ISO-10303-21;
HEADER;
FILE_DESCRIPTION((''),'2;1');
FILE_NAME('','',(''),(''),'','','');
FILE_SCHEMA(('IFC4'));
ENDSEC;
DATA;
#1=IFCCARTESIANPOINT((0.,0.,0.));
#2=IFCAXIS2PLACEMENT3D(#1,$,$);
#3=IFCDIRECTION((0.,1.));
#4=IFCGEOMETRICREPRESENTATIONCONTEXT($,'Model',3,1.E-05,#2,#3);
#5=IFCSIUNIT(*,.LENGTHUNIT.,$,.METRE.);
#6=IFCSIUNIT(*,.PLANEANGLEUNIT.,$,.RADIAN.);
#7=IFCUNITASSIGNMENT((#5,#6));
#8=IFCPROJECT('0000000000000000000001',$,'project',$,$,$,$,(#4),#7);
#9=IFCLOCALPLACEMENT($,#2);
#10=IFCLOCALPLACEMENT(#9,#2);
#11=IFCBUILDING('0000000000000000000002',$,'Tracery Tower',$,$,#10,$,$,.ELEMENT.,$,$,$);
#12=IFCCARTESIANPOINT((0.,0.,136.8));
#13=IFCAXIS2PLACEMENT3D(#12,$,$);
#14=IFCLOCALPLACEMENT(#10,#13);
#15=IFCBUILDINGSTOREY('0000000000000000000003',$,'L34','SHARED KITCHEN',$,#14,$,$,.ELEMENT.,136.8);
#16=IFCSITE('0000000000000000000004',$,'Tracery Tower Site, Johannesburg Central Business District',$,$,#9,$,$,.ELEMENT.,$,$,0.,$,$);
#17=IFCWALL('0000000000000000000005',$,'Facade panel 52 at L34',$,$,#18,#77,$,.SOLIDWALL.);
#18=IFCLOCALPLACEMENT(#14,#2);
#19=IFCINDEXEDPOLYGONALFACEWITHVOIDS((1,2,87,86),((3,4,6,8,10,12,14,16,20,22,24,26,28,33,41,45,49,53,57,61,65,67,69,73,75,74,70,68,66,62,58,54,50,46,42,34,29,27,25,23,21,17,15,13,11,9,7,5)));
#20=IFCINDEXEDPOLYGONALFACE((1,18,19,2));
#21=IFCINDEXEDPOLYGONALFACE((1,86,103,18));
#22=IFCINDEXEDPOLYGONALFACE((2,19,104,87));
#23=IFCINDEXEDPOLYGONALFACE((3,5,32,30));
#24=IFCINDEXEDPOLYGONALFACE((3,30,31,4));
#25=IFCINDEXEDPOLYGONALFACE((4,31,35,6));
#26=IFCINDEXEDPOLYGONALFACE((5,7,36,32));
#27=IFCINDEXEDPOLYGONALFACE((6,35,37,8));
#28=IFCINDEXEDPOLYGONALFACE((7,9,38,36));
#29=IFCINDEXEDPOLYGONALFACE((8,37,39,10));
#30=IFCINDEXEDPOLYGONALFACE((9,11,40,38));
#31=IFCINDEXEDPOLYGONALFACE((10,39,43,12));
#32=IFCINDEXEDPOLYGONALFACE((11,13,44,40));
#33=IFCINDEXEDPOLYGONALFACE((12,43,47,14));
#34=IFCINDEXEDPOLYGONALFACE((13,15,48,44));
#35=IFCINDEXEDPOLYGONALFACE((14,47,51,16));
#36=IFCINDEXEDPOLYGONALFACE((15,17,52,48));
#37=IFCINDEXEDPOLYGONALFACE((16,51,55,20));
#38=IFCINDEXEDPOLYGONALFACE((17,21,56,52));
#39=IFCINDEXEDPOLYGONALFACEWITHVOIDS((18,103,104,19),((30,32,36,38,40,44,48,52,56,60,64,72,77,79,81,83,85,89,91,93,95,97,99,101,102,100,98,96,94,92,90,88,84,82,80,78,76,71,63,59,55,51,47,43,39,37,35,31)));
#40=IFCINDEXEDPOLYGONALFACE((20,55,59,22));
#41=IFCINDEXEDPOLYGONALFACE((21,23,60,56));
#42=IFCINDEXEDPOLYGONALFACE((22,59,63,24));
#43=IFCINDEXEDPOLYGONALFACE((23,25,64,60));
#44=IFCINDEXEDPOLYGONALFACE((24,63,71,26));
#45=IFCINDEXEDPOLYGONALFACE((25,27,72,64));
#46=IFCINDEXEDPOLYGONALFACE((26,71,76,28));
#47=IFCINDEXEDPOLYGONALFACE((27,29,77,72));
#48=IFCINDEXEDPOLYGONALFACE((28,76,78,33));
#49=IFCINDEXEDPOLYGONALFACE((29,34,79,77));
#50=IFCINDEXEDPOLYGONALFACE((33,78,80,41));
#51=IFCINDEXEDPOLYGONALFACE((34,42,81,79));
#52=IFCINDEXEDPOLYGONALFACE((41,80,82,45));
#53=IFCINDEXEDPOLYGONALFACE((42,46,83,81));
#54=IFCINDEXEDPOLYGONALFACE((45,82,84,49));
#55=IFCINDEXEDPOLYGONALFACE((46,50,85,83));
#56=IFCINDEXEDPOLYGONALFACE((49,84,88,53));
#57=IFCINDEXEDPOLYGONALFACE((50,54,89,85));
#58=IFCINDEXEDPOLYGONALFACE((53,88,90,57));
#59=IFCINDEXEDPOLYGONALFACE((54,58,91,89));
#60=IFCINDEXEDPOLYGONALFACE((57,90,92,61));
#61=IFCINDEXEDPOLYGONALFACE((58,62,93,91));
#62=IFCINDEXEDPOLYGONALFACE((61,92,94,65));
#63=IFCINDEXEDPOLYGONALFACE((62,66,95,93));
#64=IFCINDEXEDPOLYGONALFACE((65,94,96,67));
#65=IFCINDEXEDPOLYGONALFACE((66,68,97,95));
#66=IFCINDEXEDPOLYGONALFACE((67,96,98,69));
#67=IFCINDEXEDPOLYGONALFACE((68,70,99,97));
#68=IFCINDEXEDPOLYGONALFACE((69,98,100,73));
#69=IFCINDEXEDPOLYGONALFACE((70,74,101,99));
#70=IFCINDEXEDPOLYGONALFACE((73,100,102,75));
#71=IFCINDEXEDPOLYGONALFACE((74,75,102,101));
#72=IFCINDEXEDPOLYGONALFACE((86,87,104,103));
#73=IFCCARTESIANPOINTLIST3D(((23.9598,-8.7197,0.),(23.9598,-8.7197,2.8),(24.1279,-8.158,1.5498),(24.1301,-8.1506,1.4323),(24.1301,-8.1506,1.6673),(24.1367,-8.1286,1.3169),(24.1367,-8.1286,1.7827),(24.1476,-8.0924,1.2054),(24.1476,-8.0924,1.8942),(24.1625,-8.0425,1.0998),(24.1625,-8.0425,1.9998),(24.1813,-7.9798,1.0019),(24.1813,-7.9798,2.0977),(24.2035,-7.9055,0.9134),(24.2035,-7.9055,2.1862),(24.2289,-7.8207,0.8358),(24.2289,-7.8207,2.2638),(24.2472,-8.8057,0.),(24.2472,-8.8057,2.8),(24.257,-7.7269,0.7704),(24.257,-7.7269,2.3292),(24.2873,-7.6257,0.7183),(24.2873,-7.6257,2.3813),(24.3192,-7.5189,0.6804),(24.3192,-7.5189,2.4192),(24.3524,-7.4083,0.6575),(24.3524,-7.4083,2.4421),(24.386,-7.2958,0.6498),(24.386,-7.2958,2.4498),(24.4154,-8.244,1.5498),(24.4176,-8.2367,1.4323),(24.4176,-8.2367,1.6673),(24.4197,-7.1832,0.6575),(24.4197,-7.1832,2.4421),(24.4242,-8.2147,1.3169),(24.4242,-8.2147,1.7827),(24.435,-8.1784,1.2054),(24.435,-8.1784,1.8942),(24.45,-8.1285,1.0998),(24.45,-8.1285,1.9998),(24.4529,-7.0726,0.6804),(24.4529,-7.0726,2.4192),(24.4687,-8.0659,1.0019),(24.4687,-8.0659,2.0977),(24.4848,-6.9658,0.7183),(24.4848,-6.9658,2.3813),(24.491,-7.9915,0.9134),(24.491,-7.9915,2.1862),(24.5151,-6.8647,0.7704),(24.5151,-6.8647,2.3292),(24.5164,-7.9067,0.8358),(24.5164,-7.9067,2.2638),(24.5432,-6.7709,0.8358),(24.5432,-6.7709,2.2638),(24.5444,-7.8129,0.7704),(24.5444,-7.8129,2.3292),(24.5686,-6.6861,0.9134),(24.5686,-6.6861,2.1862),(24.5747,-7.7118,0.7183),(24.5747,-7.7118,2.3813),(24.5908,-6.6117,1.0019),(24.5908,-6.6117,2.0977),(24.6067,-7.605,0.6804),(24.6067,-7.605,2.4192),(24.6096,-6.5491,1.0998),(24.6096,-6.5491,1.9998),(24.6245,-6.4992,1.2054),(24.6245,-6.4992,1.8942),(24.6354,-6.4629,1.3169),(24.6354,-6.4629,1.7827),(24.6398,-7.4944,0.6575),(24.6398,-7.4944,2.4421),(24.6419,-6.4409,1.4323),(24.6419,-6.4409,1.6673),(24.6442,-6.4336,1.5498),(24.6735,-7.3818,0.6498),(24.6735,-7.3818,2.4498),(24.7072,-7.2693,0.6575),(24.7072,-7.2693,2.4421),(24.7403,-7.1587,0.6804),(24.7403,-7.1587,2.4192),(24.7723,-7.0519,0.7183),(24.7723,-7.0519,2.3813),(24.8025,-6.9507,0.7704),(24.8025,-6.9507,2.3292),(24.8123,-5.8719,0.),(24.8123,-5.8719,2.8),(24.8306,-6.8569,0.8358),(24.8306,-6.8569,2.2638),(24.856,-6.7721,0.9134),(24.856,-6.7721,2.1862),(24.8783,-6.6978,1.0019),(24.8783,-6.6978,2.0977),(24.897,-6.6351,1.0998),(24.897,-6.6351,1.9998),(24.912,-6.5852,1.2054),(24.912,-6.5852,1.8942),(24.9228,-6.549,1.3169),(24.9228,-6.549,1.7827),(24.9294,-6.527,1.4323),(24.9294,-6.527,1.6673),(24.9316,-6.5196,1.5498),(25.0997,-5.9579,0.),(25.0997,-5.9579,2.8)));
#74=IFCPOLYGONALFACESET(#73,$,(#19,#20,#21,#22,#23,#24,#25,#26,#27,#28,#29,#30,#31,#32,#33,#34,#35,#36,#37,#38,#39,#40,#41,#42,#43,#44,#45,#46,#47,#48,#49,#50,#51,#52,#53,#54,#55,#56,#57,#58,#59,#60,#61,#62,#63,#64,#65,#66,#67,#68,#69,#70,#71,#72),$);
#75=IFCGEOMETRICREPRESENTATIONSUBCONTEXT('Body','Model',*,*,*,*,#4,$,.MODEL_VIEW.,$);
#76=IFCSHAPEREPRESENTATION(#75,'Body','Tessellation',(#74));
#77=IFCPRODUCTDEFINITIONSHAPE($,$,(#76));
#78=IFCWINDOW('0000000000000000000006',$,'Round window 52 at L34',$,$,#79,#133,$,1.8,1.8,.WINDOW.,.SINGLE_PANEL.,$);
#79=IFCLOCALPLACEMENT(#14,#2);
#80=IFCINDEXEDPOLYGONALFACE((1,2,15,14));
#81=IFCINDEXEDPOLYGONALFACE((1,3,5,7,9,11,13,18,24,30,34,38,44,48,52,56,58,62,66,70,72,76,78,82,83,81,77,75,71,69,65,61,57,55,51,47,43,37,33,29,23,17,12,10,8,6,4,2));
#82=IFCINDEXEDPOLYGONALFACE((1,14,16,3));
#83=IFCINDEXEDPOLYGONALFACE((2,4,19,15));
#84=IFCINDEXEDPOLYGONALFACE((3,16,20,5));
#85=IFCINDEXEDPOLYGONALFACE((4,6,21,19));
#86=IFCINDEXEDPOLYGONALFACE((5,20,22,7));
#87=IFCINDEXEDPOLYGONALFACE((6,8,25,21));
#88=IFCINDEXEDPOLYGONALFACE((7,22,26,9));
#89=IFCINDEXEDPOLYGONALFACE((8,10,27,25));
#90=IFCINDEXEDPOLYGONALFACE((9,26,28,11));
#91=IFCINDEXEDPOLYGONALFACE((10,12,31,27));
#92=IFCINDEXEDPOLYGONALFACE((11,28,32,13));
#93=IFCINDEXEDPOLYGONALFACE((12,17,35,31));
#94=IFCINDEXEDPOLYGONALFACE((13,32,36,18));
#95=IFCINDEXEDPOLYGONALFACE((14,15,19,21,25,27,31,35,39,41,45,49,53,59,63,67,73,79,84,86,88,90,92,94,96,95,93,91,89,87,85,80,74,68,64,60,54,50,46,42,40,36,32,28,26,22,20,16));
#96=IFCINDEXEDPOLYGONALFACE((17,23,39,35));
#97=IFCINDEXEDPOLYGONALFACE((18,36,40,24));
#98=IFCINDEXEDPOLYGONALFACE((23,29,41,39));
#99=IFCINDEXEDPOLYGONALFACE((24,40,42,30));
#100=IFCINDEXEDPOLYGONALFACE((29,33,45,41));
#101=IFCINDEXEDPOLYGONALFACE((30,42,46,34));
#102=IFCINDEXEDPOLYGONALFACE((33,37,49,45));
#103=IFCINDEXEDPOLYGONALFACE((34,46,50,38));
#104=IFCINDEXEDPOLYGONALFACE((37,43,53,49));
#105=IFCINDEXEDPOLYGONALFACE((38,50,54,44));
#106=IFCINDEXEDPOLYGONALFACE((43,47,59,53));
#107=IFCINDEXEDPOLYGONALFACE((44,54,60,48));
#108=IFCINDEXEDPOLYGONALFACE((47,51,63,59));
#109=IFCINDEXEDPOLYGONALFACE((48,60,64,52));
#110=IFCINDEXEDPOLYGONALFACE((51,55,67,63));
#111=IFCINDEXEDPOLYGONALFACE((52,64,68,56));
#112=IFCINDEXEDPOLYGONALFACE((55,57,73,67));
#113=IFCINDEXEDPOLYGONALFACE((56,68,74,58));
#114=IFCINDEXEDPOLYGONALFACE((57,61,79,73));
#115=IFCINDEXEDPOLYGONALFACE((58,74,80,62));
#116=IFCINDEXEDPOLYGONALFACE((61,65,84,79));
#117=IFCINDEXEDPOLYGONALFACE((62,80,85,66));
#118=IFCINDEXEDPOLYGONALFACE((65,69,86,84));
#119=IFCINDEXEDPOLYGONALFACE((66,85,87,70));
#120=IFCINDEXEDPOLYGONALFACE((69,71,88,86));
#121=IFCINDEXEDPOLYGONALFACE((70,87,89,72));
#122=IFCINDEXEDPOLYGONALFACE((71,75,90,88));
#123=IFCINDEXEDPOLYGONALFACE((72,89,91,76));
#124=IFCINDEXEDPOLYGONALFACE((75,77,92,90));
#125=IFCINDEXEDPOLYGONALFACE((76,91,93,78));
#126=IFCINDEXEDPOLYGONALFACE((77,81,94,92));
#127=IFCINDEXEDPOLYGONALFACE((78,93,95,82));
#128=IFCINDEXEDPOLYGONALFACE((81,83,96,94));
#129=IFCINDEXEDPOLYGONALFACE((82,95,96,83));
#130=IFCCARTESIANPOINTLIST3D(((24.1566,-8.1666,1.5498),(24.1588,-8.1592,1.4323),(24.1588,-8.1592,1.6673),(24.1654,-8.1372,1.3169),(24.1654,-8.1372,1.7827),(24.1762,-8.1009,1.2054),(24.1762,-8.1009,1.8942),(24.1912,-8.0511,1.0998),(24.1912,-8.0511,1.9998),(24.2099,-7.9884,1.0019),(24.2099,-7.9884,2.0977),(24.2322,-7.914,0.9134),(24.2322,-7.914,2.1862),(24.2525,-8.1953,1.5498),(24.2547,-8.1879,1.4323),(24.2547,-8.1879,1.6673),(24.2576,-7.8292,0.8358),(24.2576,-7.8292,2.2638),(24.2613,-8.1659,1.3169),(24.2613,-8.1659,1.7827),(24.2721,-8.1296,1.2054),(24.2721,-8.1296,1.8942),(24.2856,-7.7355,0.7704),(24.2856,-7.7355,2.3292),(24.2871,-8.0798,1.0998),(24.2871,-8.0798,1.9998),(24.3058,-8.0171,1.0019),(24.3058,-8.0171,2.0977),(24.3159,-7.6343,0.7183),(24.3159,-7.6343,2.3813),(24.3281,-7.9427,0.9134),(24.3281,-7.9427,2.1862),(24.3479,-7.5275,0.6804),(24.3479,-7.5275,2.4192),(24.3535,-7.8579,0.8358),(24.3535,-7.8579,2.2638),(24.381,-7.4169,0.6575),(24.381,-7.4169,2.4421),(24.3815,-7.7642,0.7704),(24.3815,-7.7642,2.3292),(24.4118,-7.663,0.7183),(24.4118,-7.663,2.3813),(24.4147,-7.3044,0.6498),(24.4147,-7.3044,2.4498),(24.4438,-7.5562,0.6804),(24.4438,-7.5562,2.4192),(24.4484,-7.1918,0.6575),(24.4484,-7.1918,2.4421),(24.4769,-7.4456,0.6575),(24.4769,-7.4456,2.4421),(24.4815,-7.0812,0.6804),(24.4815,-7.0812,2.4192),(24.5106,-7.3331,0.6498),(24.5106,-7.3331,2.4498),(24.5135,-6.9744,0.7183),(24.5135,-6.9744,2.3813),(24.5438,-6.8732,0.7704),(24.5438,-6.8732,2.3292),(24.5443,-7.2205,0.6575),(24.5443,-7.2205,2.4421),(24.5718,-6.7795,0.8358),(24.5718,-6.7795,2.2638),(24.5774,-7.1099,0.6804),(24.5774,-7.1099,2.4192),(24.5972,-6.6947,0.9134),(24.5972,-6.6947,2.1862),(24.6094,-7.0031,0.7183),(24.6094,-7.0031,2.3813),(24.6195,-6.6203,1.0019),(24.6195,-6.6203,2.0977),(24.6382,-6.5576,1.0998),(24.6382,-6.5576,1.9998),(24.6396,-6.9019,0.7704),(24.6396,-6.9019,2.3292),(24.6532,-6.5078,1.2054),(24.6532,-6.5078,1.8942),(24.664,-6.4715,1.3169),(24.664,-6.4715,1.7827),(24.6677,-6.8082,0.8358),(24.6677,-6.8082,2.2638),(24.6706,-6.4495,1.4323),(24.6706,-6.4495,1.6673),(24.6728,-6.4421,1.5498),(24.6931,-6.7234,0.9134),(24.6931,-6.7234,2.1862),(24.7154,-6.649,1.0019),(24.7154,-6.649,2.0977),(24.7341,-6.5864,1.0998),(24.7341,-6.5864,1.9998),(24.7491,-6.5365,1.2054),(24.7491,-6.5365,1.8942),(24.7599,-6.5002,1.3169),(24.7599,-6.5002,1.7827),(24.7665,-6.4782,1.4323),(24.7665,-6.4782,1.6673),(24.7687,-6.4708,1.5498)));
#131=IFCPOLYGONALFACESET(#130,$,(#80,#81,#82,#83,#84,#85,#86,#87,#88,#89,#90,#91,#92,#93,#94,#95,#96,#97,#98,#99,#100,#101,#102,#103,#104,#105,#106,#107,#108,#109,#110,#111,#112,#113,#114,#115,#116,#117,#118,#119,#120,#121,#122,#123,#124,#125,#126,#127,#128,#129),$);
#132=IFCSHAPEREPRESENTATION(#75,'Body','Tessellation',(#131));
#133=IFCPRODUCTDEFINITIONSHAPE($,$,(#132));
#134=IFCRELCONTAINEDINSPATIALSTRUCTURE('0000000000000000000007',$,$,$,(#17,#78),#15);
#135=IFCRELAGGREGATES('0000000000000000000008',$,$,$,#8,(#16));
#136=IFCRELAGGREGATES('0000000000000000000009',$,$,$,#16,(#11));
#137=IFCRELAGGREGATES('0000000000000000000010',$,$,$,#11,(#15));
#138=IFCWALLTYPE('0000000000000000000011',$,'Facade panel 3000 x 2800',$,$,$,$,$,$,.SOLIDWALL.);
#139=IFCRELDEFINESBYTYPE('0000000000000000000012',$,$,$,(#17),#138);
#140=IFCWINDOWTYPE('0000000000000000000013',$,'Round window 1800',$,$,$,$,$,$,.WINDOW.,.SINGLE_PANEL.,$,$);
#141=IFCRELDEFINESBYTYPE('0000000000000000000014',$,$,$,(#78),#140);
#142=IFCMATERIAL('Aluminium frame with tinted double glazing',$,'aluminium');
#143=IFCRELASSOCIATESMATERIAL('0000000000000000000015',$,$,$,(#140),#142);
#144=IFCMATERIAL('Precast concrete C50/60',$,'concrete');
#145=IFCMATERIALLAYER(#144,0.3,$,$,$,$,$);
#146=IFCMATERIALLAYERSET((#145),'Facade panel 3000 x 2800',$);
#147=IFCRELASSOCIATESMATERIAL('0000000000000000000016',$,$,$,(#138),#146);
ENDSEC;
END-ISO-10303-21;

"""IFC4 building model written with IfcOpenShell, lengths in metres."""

from ifc_helpers import new_model, si_unit, direction, frame, frame_2d, origin, origin_2d, place, context, subcontext, project, spatial, rectangle, circle, extrude, material, layer, layer_set, type_object, element, fill, save


model = new_model("IFC4")

# Units and contexts
model_context = context("Model", 3, precision=1e-05, world=origin(), true_north=direction((0.0, 1.0)))
body_context = subcontext(model_context, "Body", "Model", "MODEL_VIEW")
ifc_project = project(units=[si_unit("LENGTHUNIT", "METRE"), si_unit("PLANEANGLEUNIT", "RADIAN")], contexts=[model_context])

# Site, building, storey
site_placement = place(None, origin())
site = spatial("IfcSite", under=ifc_project, at=site_placement, Name="Tracery Tower Site, Johannesburg Central Business District", CompositionType="ELEMENT", RefElevation=0.0)
building_placement = place(site_placement, origin())
building = spatial("IfcBuilding", under=site, at=building_placement, Name="Tracery Tower", CompositionType="ELEMENT")
storey_placement = place(building_placement, frame((0.0, 0.0, 136.8)))
storey = spatial("IfcBuildingStorey", under=building, at=storey_placement, Name="L34", Description="SHARED KITCHEN", CompositionType="ELEMENT", Elevation=136.8)

# Wall, opening, window
ifc_material_1 = material(Name="Aluminium frame with tinted double glazing", Category="aluminium")
window_type = type_object("IfcWindowType", Name="Round window 1800", PartitioningType="SINGLE_PANEL", PredefinedType="WINDOW", material=ifc_material_1)
ifc_material_2 = material(Name="Precast concrete C50/60", Category="concrete")
ifc_layer_1 = layer(ifc_material_2, 0.3)
ifc_layer_set_1 = layer_set([ifc_layer_1], Name="Facade panel 3000 x 2800")
wall_type_1 = type_object("IfcWallType", Name="Facade panel 3000 x 2800", PredefinedType="SOLIDWALL", material=ifc_layer_set_1)
wall_1_placement = place(storey_placement, frame((24.1035, -8.7627, 0.0), z_axis=(0.0, 0.0, 1.0), x_axis=(0.286783, 0.957996, 0.0)))
wall_1 = element("IfcWall", 1, at=wall_1_placement, inside=storey, type_object=wall_type_1, Name="Facade panel 52 at L34", PredefinedType="SOLIDWALL", context=body_context, shape_type="SweptSolid", body=[
    extrude(rectangle(XDim=2.9727, YDim=0.3, at=frame_2d((1.4863, 0.0))), origin(), (0.0, 0.0, 1.0), 2.8),
])
opening_1_placement = place(wall_1_placement, frame((1.4863, 0.0, 1.5498)))
opening_1 = element("IfcOpeningElement", 2, at=opening_1_placement, cuts=wall_1, PredefinedType="OPENING", context=body_context, shape_type="SweptSolid", body=[
    extrude(circle(Radius=0.9, at=origin_2d()), frame((0.0, 0.1599, 0.0), z_axis=(0.0, -1.0, 0.0), x_axis=(1.0, 0.0, 0.0)), (0.0, 0.0, 1.0), 0.3201),
])
window_1_placement = place(opening_1_placement, origin())
window_1 = element("IfcWindow", 3, at=window_1_placement, inside=storey, type_object=window_type, Name="Round window 52 at L34", OverallHeight=1.8, OverallWidth=1.8, PartitioningType="SINGLE_PANEL", PredefinedType="WINDOW", context=body_context, shape_type="SweptSolid", body=[
    extrude(circle(Radius=0.9, at=origin_2d()), frame((0.0, 0.1201, 0.0), z_axis=(0.0, -1.0, 0.0), x_axis=(1.0, 0.0, 0.0)), (0.0, 0.0, 1.0), 0.1001),
])
fill(opening_1, window_1)

save(model, "model.ifc")
